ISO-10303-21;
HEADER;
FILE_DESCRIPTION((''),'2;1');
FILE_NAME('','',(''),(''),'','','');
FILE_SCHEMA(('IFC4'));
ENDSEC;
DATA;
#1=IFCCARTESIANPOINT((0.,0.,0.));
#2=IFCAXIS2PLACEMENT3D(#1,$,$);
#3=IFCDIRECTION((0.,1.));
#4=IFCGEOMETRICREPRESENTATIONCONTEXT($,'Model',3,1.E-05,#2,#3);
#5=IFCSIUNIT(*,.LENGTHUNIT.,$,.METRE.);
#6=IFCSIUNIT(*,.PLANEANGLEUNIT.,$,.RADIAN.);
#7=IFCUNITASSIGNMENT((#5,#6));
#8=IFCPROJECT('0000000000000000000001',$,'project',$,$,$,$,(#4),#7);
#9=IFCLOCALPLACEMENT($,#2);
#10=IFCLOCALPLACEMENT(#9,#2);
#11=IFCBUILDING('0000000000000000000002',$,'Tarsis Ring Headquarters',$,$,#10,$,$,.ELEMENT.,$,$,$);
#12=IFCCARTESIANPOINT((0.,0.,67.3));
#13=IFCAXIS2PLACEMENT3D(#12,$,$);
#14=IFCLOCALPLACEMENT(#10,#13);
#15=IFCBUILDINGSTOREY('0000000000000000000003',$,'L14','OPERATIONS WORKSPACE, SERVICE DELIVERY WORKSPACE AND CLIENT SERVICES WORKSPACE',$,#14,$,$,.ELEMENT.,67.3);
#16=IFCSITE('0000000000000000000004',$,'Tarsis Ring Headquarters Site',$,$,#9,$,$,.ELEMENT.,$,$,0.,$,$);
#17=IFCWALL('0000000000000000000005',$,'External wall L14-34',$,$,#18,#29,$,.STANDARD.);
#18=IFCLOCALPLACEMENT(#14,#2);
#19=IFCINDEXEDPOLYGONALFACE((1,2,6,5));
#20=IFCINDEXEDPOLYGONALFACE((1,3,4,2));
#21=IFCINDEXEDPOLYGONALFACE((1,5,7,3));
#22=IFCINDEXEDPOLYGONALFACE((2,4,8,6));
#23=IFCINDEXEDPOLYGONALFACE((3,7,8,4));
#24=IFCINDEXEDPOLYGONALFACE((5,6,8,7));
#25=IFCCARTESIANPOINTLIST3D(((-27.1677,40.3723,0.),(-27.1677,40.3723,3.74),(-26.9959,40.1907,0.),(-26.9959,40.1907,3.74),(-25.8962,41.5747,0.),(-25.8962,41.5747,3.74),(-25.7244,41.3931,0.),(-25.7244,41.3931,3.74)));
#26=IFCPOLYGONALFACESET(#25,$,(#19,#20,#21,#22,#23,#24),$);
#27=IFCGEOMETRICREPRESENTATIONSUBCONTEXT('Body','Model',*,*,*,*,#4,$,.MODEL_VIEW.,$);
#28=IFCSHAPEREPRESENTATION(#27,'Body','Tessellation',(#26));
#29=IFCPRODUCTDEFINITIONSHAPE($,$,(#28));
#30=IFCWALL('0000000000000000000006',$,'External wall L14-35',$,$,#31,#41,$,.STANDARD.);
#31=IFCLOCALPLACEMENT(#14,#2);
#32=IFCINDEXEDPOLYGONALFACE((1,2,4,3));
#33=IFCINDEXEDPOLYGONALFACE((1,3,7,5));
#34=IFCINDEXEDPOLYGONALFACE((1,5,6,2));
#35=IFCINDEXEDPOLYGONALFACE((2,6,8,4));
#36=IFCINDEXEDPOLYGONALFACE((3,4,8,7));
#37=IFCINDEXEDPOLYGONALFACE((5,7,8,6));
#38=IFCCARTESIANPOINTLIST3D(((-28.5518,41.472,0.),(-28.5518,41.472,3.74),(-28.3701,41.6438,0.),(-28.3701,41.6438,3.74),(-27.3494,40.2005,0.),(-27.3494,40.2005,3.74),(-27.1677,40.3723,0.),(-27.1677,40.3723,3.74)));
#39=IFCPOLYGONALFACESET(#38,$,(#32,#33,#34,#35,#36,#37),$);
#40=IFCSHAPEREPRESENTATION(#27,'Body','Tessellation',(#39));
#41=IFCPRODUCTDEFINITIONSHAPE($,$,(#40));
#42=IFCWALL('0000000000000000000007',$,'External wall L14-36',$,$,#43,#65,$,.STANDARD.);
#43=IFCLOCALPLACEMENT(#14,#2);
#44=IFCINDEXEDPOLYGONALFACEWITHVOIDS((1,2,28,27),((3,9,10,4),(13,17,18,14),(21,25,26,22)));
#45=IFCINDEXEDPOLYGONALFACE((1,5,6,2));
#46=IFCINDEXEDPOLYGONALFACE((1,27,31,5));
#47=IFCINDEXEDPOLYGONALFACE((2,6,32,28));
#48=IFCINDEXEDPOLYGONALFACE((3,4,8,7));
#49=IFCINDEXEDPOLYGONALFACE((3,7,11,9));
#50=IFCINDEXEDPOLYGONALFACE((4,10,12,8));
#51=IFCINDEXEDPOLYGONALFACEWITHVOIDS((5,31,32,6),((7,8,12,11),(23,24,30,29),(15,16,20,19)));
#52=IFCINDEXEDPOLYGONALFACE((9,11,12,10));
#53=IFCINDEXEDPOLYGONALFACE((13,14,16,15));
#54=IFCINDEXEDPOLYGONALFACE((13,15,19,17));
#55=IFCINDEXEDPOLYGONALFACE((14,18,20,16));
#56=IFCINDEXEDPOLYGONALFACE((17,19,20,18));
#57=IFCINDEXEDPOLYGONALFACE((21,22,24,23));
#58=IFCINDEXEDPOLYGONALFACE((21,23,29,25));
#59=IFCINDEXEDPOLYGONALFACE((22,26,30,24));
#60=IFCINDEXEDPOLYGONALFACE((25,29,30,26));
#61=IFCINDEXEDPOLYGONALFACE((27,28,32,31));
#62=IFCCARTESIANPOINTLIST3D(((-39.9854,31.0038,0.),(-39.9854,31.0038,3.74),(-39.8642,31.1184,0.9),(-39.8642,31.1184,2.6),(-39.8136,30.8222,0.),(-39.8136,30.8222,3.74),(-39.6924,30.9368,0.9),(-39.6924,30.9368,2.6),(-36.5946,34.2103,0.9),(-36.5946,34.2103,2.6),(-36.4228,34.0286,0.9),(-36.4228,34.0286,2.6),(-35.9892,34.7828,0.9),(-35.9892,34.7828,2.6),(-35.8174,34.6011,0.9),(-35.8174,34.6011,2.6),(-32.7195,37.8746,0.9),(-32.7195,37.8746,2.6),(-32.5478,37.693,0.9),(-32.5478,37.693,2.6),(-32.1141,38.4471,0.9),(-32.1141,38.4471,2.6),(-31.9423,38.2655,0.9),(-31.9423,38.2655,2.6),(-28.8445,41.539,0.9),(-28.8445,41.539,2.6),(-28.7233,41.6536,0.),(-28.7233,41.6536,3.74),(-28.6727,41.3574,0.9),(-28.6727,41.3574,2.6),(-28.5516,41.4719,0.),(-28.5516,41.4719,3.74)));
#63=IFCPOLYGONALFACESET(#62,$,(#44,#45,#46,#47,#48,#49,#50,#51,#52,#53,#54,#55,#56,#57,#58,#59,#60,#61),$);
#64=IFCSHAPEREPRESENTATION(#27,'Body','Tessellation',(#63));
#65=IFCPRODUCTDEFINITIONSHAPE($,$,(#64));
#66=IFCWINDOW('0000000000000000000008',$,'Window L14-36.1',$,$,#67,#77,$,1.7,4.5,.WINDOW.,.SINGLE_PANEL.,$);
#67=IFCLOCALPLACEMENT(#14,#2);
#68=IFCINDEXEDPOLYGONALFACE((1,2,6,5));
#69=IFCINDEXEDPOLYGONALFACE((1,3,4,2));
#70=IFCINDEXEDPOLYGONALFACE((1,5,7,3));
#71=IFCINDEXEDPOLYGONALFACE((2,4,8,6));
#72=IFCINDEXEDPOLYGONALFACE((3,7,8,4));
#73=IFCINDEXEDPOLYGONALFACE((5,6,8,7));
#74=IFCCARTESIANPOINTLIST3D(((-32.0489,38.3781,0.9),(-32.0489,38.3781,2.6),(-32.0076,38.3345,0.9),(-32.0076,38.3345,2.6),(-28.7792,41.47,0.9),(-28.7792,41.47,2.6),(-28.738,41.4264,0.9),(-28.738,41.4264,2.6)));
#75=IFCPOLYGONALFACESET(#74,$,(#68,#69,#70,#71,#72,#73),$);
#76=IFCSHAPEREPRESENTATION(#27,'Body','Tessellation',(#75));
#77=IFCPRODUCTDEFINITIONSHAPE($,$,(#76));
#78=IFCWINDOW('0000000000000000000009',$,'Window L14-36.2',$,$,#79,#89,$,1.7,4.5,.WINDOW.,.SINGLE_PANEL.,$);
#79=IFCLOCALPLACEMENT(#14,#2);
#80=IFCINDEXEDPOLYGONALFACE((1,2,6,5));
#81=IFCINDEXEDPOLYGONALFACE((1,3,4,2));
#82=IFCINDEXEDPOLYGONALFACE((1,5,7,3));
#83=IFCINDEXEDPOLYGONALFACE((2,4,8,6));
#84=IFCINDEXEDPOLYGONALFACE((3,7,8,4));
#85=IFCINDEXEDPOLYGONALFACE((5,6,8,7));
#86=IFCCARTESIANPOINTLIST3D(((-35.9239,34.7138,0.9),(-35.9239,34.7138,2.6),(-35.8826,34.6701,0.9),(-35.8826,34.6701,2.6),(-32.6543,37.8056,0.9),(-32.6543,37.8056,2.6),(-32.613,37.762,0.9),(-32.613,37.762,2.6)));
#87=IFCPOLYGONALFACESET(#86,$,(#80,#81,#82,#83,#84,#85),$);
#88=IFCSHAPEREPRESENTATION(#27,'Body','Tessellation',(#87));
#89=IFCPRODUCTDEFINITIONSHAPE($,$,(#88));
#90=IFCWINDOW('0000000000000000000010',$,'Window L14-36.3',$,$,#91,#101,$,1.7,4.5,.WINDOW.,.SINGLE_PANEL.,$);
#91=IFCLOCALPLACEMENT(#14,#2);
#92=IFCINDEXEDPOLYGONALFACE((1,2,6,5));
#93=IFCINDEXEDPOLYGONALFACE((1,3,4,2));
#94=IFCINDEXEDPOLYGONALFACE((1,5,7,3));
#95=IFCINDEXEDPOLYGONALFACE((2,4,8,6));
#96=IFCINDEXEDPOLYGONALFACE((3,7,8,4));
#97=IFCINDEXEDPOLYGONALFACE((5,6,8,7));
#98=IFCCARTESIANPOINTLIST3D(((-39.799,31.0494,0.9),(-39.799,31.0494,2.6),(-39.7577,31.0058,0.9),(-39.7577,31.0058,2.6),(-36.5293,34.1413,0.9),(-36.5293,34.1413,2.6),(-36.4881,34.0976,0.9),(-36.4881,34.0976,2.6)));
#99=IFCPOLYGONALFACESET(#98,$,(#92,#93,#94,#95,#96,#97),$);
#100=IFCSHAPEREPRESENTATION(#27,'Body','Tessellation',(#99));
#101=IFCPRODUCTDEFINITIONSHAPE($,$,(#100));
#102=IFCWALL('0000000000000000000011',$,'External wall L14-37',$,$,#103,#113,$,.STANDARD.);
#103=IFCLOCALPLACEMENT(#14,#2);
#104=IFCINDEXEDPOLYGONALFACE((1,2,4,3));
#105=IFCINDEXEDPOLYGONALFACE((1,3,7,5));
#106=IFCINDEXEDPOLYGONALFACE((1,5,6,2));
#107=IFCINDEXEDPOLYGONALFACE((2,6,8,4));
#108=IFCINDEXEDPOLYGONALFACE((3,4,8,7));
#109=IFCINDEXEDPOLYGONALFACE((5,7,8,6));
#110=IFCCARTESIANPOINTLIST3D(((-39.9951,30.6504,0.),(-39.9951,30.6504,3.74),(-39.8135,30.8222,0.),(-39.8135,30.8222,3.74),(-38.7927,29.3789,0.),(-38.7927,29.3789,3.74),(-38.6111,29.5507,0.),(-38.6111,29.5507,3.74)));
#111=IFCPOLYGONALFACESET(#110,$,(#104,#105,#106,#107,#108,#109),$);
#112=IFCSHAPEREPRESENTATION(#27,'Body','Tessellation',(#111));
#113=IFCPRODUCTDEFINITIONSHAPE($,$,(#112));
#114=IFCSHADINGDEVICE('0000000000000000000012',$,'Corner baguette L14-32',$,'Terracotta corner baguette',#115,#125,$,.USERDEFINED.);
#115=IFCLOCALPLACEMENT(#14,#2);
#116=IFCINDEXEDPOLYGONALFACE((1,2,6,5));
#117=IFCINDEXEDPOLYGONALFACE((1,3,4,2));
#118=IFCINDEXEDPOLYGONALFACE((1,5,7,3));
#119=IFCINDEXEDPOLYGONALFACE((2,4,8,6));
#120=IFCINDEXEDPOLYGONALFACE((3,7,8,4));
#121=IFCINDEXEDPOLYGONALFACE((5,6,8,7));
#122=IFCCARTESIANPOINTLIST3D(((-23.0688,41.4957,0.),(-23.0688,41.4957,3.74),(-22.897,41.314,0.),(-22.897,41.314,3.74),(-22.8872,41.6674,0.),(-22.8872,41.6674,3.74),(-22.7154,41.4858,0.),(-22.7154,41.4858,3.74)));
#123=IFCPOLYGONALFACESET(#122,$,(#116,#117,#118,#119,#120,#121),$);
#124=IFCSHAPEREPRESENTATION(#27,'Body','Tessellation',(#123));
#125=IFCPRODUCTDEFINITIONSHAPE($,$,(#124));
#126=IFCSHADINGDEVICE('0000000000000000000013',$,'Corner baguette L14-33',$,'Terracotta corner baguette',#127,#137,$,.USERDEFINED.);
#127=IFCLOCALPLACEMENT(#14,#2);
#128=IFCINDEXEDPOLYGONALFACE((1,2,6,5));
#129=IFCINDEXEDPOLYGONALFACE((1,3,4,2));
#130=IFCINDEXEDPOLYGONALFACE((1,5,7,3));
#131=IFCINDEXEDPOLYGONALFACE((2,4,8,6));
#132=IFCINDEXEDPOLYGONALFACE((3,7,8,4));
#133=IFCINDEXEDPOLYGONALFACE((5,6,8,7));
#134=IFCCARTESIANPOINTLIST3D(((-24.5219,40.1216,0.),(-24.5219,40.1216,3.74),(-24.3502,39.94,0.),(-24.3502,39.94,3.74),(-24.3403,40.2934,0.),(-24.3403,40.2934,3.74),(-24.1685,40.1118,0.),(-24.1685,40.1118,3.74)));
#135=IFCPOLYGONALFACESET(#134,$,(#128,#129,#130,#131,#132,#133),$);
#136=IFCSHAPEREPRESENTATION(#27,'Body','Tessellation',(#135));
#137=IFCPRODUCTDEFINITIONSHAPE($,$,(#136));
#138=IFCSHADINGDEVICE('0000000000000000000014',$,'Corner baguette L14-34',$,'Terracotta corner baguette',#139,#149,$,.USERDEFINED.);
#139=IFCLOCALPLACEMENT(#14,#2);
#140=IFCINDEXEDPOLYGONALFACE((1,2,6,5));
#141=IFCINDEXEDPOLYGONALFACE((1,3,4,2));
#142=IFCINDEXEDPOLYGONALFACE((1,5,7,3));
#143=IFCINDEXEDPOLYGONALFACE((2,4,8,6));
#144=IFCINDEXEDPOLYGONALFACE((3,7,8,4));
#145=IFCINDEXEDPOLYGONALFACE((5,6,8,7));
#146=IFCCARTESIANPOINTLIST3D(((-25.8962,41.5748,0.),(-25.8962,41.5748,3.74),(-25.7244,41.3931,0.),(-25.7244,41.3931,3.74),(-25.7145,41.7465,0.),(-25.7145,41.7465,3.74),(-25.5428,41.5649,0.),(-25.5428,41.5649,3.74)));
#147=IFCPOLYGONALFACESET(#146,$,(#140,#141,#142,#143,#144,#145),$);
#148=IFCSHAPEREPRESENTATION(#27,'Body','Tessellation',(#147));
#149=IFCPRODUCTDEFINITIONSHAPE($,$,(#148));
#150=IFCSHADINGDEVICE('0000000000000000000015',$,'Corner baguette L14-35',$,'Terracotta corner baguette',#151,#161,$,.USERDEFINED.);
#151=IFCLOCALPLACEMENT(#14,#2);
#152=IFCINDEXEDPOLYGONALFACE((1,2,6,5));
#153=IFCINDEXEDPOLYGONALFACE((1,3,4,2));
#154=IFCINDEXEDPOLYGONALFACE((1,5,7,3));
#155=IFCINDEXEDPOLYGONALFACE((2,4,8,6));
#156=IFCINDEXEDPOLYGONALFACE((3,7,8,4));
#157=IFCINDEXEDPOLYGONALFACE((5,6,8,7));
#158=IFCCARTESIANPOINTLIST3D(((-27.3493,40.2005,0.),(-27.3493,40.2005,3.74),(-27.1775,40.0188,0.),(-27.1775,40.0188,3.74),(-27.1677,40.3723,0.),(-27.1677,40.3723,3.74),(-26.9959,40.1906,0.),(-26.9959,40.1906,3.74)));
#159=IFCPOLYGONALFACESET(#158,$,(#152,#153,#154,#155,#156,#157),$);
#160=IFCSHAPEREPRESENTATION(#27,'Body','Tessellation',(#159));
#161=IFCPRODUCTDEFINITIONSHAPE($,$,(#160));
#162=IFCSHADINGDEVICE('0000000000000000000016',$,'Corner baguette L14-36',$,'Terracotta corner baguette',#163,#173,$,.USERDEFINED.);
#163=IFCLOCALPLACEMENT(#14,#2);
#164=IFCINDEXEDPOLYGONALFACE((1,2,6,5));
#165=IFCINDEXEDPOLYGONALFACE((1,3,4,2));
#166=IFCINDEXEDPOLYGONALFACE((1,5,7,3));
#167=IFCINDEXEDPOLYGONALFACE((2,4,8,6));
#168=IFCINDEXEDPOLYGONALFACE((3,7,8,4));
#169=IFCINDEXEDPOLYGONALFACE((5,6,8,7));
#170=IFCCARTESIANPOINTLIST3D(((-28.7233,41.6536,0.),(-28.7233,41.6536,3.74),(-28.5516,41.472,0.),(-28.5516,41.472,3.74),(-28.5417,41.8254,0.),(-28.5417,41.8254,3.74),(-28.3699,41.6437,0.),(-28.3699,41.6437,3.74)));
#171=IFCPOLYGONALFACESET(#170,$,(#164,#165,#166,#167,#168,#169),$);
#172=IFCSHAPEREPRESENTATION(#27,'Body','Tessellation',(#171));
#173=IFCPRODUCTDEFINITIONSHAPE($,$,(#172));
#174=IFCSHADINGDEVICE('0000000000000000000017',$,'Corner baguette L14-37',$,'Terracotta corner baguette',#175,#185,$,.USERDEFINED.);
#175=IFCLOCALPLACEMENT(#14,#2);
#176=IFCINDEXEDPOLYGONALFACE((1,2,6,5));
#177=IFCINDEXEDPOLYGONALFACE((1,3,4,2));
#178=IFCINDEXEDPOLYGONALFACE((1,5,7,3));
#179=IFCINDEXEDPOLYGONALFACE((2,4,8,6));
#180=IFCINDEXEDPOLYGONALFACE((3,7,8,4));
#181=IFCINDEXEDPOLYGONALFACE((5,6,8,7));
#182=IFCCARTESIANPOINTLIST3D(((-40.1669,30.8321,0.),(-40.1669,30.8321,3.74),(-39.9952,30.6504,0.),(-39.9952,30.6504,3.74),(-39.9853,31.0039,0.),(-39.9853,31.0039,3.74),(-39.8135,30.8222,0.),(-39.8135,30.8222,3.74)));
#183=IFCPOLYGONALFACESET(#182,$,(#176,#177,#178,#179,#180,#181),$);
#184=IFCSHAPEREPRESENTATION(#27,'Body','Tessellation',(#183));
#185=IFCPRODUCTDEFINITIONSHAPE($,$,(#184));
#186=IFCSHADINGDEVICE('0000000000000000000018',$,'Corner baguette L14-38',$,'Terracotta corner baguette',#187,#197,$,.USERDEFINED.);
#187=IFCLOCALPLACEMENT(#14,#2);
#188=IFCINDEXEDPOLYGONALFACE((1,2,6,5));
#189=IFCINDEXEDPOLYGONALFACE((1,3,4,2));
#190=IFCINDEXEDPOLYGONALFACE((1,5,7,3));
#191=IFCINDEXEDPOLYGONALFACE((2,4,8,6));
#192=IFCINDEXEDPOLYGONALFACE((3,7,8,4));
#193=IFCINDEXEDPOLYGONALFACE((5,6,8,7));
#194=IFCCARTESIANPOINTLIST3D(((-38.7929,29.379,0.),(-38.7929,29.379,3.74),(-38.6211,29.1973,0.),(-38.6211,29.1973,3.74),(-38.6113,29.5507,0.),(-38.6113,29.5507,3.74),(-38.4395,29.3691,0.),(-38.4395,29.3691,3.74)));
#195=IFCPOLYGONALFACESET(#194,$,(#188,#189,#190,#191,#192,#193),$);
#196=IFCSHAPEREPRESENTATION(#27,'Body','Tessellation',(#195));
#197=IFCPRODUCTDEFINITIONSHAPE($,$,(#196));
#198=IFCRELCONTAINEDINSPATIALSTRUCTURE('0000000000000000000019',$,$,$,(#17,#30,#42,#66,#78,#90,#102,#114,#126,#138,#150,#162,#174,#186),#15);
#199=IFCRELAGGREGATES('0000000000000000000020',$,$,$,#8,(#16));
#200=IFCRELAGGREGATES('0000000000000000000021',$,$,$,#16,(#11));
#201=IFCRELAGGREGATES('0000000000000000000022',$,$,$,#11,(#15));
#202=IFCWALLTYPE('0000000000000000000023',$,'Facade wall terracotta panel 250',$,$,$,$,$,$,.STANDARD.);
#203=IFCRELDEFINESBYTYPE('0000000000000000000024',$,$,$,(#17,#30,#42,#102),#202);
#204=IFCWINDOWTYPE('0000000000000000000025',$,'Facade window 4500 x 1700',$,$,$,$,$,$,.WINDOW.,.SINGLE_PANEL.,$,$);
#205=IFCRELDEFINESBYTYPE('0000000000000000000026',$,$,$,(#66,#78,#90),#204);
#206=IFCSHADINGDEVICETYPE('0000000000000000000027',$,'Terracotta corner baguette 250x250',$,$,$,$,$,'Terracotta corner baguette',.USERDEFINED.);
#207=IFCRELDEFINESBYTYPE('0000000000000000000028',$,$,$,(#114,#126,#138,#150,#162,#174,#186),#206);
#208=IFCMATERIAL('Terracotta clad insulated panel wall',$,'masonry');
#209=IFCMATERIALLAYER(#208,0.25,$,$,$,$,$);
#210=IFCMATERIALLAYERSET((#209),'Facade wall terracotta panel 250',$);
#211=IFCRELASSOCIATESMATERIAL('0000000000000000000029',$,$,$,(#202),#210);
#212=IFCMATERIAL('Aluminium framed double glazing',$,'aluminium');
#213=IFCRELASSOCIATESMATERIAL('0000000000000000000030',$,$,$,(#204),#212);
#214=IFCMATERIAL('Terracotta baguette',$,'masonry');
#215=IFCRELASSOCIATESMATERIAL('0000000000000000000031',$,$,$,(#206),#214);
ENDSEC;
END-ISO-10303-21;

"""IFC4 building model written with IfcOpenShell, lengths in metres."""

from ifc_helpers import new_model, si_unit, direction, frame, frame_2d, origin, origin_2d, place, context, subcontext, project, spatial, rectangle, extrude, material, layer, layer_set, type_object, element, fill, save


model = new_model("IFC4")

# Units and contexts
model_context = context("Model", 3, precision=1e-05, world=origin(), true_north=direction((0.0, 1.0)))
body_context = subcontext(model_context, "Body", "Model", "MODEL_VIEW")
ifc_project = project(units=[si_unit("LENGTHUNIT", "METRE"), si_unit("PLANEANGLEUNIT", "RADIAN")], contexts=[model_context])

# Site, building, storey
site_placement = place(None, origin())
site = spatial("IfcSite", under=ifc_project, at=site_placement, Name="Tarsis Ring Headquarters Site", CompositionType="ELEMENT", RefElevation=0.0)
building_placement = place(site_placement, origin())
building = spatial("IfcBuilding", under=site, at=building_placement, Name="Tarsis Ring Headquarters", CompositionType="ELEMENT")
storey_placement = place(building_placement, frame((0.0, 0.0, 67.3)))
storey = spatial("IfcBuildingStorey", under=building, at=storey_placement, Name="L14", Description="OPERATIONS WORKSPACE, SERVICE DELIVERY WORKSPACE AND CLIENT SERVICES WORKSPACE", CompositionType="ELEMENT", Elevation=67.3)

# Walls
ifc_material_1 = material(Name="Terracotta clad insulated panel wall", Category="masonry")
ifc_layer_1 = layer(ifc_material_1, 0.25)
ifc_layer_set_1 = layer_set([ifc_layer_1], Name="Facade wall terracotta panel 250")
wall_type_1 = type_object("IfcWallType", Name="Facade wall terracotta panel 250", PredefinedType="STANDARD", material=ifc_layer_set_1)
for number, where, z_axis, x_axis, name in (
    (1, (-25.8103, 41.4839, 0.0), (0.0, 0.0, 1.0), (-0.726572, -0.68709, 0.0), "External wall L14-34"),
    (2, (-27.2585, 40.2864, 0.0), (0.0, 0.0, 1.0), (-0.68709, 0.726572, 0.0), "External wall L14-35"),
):
    element("IfcWall", number, at=place(storey_placement, frame(where, z_axis=z_axis, x_axis=x_axis)), inside=storey, type_object=wall_type_1, Name=name, PredefinedType="STANDARD", context=body_context, shape_type="SweptSolid", body=[
        extrude(rectangle(XDim=1.75, YDim=0.25, at=frame_2d((0.875, 0.0))), origin(), (0.0, 0.0, 1.0), 3.74),
    ])

# Wall, openings, windows
wall_1_placement = place(storey_placement, frame((-28.6375, 41.5627, 0.0), z_axis=(0.0, 0.0, 1.0), x_axis=(-0.726583, -0.687079, 0.0)))
wall_1 = element("IfcWall", 3, at=wall_1_placement, inside=storey, type_object=wall_type_1, Name="External wall L14-36", PredefinedType="STANDARD", context=body_context, shape_type="SweptSolid", body=[
    extrude(rectangle(XDim=15.5, YDim=0.25, at=frame_2d((7.75, 0.0))), origin(), (0.0, 0.0, 1.0), 3.74),
])
opening_1_placement = place(wall_1_placement, frame((0.1667, 0.0, 0.8999)))
opening_1 = element("IfcOpeningElement", 4, at=opening_1_placement, cuts=wall_1, PredefinedType="OPENING", context=body_context, shape_type="SweptSolid", body=[
    extrude(rectangle(XDim=4.5, YDim=1.7, at=frame_2d((2.25, 0.8501))), frame((0.0, 0.135, 0.0), z_axis=(0.0, -1.0, 0.0), x_axis=(1.0, 0.0, 0.0)), (0.0, 0.0, 1.0), 0.27),
])
opening_2_placement = place(wall_1_placement, frame((5.5, 0.0, 0.8999)))
opening_2 = element("IfcOpeningElement", 5, at=opening_2_placement, cuts=wall_1, PredefinedType="OPENING", context=body_context, shape_type="SweptSolid", body=[
    extrude(rectangle(XDim=4.5, YDim=1.7, at=frame_2d((2.25, 0.8501))), frame((0.0, 0.135, 0.0), z_axis=(0.0, -1.0, 0.0), x_axis=(1.0, 0.0, 0.0)), (0.0, 0.0, 1.0), 0.27),
])
opening_3_placement = place(wall_1_placement, frame((10.8333, 0.0, 0.8999)))
opening_3 = element("IfcOpeningElement", 6, at=opening_3_placement, cuts=wall_1, PredefinedType="OPENING", context=body_context, shape_type="SweptSolid", body=[
    extrude(rectangle(XDim=4.5, YDim=1.7, at=frame_2d((2.25, 0.8501))), frame((0.0, 0.135, 0.0), z_axis=(0.0, -1.0, 0.0), x_axis=(1.0, 0.0, 0.0)), (0.0, 0.0, 1.0), 0.27),
])
ifc_material_2 = material(Name="Aluminium framed double glazing", Category="aluminium")
window_type = type_object("IfcWindowType", Name="Facade window 4500 x 1700", PartitioningType="SINGLE_PANEL", PredefinedType="WINDOW", material=ifc_material_2)
window_1_placement = place(opening_1_placement, origin())
window_1 = element("IfcWindow", 7, at=window_1_placement, inside=storey, type_object=window_type, Name="Window L14-36.1", OverallHeight=1.7, OverallWidth=4.5, PartitioningType="SINGLE_PANEL", PredefinedType="WINDOW", context=body_context, shape_type="SweptSolid", body=[
    extrude(rectangle(XDim=4.5, YDim=1.7, at=frame_2d((2.25, 0.8501))), frame((0.0, 0.03, 0.0), z_axis=(0.0, -1.0, 0.0), x_axis=(1.0, 0.0, 0.0)), (0.0, 0.0, 1.0), 0.0601),
])
fill(opening_1, window_1)
window_2_placement = place(opening_2_placement, origin())
window_2 = element("IfcWindow", 8, at=window_2_placement, inside=storey, type_object=window_type, Name="Window L14-36.2", OverallHeight=1.7, OverallWidth=4.5, PartitioningType="SINGLE_PANEL", PredefinedType="WINDOW", context=body_context, shape_type="SweptSolid", body=[
    extrude(rectangle(XDim=4.5, YDim=1.7, at=frame_2d((2.25, 0.8501))), frame((0.0, 0.03, 0.0), z_axis=(0.0, -1.0, 0.0), x_axis=(1.0, 0.0, 0.0)), (0.0, 0.0, 1.0), 0.0601),
])
fill(opening_2, window_2)
window_3_placement = place(opening_3_placement, origin())
window_3 = element("IfcWindow", 9, at=window_3_placement, inside=storey, type_object=window_type, Name="Window L14-36.3", OverallHeight=1.7, OverallWidth=4.5, PartitioningType="SINGLE_PANEL", PredefinedType="WINDOW", context=body_context, shape_type="SweptSolid", body=[
    extrude(rectangle(XDim=4.5, YDim=1.7, at=frame_2d((2.25, 0.8501))), frame((0.0, 0.03, 0.0), z_axis=(0.0, -1.0, 0.0), x_axis=(1.0, 0.0, 0.0)), (0.0, 0.0, 1.0), 0.0601),
])
fill(opening_3, window_3)

# Wall
wall_2_placement = place(storey_placement, frame((-39.9043, 30.7363, 0.0), z_axis=(0.0, 0.0, 1.0), x_axis=(0.68709, -0.726572, 0.0)))
element("IfcWall", 10, at=wall_2_placement, inside=storey, type_object=wall_type_1, Name="External wall L14-37", PredefinedType="STANDARD", context=body_context, shape_type="SweptSolid", body=[
    extrude(rectangle(XDim=1.75, YDim=0.25, at=frame_2d((0.875, 0.0))), origin(), (0.0, 0.0, 1.0), 3.74),
])

# Shading devices
ifc_material_3 = material(Name="Terracotta baguette", Category="masonry")
shading_device_type_1 = type_object("IfcShadingDeviceType", Name="Terracotta corner baguette 250x250", ElementType="Terracotta corner baguette", PredefinedType="USERDEFINED", material=ifc_material_3)
for number, where, z_axis, x_axis, name in (
    (11, (-22.8921, 41.4907, 0.0), (0.0, 0.0, 1.0), (-0.687088, 0.726575, 0.0), "Corner baguette L14-32"),
    (12, (-24.3452, 40.1167, 0.0), (0.0, 0.0, 1.0), (-0.726574, -0.687088, 0.0), "Corner baguette L14-33"),
    (13, (-25.7195, 41.5698, 0.0), (0.0, 0.0, 1.0), (-0.687088, 0.726574, 0.0), "Corner baguette L14-34"),
    (14, (-27.1726, 40.1956, 0.0), (0.0, 0.0, 1.0), (-0.726575, -0.687088, 0.0), "Corner baguette L14-35"),
    (15, (-28.5466, 41.6487, 0.0), (0.0, 0.0, 1.0), (-0.687088, 0.726575, 0.0), "Corner baguette L14-36"),
    (16, (-39.9902, 30.8271, 0.0), (0.0, 0.0, 1.0), (-0.726575, -0.687087, 0.0), "Corner baguette L14-37"),
    (17, (-38.6162, 29.374, 0.0), (0.0, 0.0, 1.0), (0.687087, -0.726575, 0.0), "Corner baguette L14-38"),
):
    element("IfcShadingDevice", number, at=place(storey_placement, frame(where, z_axis=z_axis, x_axis=x_axis)), inside=storey, type_object=shading_device_type_1, Name=name, ObjectType="Terracotta corner baguette", PredefinedType="USERDEFINED", context=body_context, shape_type="SweptSolid", body=[
        extrude(rectangle(XDim=0.25, YDim=0.25, at=origin_2d()), origin(), (0.0, 0.0, 1.0), 3.74),
    ])

save(model, "model.ifc")
